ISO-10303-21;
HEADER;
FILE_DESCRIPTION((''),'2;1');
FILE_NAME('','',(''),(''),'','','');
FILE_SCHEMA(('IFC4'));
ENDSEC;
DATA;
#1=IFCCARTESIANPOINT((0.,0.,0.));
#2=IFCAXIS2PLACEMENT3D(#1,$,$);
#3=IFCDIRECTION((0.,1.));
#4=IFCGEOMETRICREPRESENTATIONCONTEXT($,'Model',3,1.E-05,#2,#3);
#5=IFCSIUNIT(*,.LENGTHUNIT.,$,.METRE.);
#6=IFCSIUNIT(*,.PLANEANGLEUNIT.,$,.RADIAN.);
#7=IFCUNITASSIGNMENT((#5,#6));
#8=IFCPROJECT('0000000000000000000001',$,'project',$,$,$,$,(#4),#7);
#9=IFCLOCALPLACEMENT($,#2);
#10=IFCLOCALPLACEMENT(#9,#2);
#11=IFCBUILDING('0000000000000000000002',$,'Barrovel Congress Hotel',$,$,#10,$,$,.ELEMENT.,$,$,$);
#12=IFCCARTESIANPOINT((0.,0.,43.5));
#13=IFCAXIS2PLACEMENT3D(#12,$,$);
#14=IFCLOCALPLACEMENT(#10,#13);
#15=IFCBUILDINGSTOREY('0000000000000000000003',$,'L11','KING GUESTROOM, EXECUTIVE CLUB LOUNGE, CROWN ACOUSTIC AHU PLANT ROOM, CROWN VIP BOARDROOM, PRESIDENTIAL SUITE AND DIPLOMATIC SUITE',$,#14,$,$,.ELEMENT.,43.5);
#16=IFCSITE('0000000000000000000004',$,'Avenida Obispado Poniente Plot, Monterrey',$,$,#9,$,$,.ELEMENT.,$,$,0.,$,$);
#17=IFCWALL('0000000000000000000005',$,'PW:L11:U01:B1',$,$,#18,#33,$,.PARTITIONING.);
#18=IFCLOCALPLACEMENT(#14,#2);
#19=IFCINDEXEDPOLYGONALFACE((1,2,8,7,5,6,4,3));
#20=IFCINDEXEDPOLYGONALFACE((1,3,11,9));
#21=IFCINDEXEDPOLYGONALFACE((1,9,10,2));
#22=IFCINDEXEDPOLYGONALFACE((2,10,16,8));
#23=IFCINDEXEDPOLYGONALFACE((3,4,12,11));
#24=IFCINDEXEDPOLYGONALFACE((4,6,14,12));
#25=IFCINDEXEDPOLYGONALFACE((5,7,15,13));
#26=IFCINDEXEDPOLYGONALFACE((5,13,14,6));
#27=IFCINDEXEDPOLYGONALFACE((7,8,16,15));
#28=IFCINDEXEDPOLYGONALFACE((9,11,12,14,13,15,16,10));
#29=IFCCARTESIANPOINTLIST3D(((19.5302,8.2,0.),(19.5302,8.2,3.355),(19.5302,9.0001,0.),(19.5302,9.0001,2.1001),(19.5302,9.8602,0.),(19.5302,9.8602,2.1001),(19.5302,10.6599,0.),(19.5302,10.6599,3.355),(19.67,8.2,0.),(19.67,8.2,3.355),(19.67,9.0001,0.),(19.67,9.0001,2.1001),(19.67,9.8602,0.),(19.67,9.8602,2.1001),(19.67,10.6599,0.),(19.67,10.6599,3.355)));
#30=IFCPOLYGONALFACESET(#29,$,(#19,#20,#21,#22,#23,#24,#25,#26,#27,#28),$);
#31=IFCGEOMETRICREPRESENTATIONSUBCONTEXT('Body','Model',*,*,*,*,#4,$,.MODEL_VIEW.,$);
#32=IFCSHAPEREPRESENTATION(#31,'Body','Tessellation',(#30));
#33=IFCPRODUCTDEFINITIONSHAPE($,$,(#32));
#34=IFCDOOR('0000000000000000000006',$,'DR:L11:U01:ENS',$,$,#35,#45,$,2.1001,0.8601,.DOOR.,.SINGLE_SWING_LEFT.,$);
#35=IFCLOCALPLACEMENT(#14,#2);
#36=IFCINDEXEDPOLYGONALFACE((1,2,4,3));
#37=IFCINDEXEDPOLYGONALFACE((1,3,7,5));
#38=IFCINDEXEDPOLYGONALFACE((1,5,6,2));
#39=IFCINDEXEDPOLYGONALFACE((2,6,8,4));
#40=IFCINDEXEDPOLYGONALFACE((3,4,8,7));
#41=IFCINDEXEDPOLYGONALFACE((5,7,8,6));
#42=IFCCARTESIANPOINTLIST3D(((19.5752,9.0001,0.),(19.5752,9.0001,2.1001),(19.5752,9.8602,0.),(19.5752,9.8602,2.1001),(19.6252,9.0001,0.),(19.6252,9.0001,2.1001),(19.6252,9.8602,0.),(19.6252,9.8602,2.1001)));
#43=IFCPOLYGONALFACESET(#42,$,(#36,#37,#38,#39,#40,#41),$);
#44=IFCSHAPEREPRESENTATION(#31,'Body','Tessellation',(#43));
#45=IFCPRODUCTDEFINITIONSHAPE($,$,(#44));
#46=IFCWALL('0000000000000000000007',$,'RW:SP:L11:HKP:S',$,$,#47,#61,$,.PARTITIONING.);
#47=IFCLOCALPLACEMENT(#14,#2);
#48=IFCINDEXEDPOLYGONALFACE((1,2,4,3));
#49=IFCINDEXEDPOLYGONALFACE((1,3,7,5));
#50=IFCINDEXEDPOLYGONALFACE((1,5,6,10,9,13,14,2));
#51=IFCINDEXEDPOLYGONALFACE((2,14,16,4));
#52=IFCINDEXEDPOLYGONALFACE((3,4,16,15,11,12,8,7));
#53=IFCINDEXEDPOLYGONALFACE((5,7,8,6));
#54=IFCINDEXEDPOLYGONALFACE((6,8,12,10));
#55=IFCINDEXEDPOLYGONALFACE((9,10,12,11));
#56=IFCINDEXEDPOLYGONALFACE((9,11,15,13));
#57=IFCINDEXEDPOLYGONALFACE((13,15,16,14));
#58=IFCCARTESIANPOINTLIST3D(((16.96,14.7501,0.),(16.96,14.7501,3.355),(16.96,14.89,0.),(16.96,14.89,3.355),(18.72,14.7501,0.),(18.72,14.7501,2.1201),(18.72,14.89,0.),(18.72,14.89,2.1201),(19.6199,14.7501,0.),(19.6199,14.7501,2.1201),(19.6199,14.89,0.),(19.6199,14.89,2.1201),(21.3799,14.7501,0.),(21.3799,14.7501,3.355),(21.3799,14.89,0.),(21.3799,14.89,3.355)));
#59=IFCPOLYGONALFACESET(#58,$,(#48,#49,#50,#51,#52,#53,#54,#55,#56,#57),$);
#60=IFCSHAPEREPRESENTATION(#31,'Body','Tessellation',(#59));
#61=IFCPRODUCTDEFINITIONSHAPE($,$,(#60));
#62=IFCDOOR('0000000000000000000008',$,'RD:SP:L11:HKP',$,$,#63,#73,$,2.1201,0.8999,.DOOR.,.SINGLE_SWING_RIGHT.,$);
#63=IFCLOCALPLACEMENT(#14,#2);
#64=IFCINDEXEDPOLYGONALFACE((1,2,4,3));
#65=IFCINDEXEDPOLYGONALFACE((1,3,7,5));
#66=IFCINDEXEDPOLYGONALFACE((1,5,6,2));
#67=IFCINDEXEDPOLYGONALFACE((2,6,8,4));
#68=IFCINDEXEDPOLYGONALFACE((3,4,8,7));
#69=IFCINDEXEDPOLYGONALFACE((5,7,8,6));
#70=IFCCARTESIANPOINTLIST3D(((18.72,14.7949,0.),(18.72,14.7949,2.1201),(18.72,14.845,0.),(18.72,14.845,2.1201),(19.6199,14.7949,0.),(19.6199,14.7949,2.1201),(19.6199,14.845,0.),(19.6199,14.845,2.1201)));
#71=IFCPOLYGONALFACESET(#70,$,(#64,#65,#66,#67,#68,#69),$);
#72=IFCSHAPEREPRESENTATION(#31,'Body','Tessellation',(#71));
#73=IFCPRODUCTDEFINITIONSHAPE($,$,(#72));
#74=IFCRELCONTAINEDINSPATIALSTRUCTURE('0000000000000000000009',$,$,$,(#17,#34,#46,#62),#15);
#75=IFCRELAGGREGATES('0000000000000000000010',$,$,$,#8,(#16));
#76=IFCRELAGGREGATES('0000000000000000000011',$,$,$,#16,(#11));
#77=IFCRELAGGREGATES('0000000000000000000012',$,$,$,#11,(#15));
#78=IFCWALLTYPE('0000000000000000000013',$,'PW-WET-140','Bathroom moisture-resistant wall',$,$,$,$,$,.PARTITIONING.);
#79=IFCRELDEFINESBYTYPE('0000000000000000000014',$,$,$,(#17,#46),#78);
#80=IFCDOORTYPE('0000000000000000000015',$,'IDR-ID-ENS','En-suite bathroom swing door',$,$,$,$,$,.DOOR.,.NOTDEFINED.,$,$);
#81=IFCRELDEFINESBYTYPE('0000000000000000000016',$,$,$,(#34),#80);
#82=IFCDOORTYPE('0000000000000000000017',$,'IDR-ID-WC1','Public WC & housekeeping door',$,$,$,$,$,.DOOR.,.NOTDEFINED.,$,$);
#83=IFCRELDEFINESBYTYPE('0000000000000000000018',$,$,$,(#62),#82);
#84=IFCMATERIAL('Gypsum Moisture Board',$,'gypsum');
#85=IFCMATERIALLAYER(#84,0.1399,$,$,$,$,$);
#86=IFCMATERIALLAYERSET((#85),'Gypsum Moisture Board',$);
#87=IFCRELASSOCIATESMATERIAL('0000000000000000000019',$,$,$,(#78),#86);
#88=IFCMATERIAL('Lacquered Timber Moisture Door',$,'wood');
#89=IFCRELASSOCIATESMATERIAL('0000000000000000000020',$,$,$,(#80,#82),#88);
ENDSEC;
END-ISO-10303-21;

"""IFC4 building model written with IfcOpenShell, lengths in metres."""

from ifc_helpers import new_model, si_unit, direction, frame, frame_2d, origin, place, context, subcontext, project, spatial, rectangle, extrude, material, layer, layer_set, type_object, element, fill, save


model = new_model("IFC4")

# Units and contexts
model_context = context("Model", 3, precision=1e-05, world=origin(), true_north=direction((0.0, 1.0)))
body_context = subcontext(model_context, "Body", "Model", "MODEL_VIEW")
ifc_project = project(units=[si_unit("LENGTHUNIT", "METRE"), si_unit("PLANEANGLEUNIT", "RADIAN")], contexts=[model_context])

# Site, building, storey
site_placement = place(None, origin())
site = spatial("IfcSite", under=ifc_project, at=site_placement, Name="Avenida Obispado Poniente Plot, Monterrey", CompositionType="ELEMENT", RefElevation=0.0)
building_placement = place(site_placement, origin())
building = spatial("IfcBuilding", under=site, at=building_placement, Name="Barrovel Congress Hotel", CompositionType="ELEMENT")
storey_placement = place(building_placement, frame((0.0, 0.0, 43.5)))
storey = spatial("IfcBuildingStorey", under=building, at=storey_placement, Name="L11", Description="KING GUESTROOM, EXECUTIVE CLUB LOUNGE, CROWN ACOUSTIC AHU PLANT ROOM, CROWN VIP BOARDROOM, PRESIDENTIAL SUITE AND DIPLOMATIC SUITE", CompositionType="ELEMENT", Elevation=43.5)

# Walls, openings, doors
ifc_material_1 = material(Name="Gypsum Moisture Board", Category="gypsum")
ifc_layer_1 = layer(ifc_material_1, 0.1399)
ifc_layer_set_1 = layer_set([ifc_layer_1], Name="Gypsum Moisture Board")
wall_type_1 = type_object("IfcWallType", Name="PW-WET-140", Description="Bathroom moisture-resistant wall", PredefinedType="PARTITIONING", material=ifc_layer_set_1)
wall_1_placement = place(storey_placement, frame((19.6001, 8.2, 0.0), z_axis=(0.0, 0.0, 1.0), x_axis=(0.0, 1.0, 0.0)))
wall_1 = element("IfcWall", 1, at=wall_1_placement, inside=storey, type_object=wall_type_1, Name="PW:L11:U01:B1", PredefinedType="PARTITIONING", context=body_context, shape_type="SweptSolid", body=[
    extrude(rectangle(XDim=2.46, YDim=0.1399, at=frame_2d((1.23, 0.0))), origin(), (0.0, 0.0, 1.0), 3.355),
])
opening_1_placement = place(wall_1_placement, frame((0.8, 0.0, 0.0)))
opening_1 = element("IfcOpeningElement", 2, at=opening_1_placement, cuts=wall_1, PredefinedType="OPENING", context=body_context, shape_type="SweptSolid", body=[
    extrude(rectangle(XDim=0.8601, YDim=2.1001, at=frame_2d((0.4302, 1.05))), frame((0.0, 0.0801, 0.0), z_axis=(0.0, -1.0, 0.0), x_axis=(1.0, 0.0, 0.0)), (0.0, 0.0, 1.0), 0.1599),
])
ifc_material_2 = material(Name="Lacquered Timber Moisture Door", Category="wood")
door_type_1 = type_object("IfcDoorType", Name="IDR-ID-ENS", Description="En-suite bathroom swing door", OperationType="NOTDEFINED", PredefinedType="DOOR", material=ifc_material_2)
door_1_placement = place(opening_1_placement, origin())
door_1 = element("IfcDoor", 3, at=door_1_placement, inside=storey, type_object=door_type_1, Name="DR:L11:U01:ENS", OperationType="SINGLE_SWING_LEFT", OverallHeight=2.1001, OverallWidth=0.8601, PredefinedType="DOOR", context=body_context, shape_type="SweptSolid", body=[
    extrude(rectangle(XDim=0.8601, YDim=2.1001, at=frame_2d((0.4302, 1.05))), frame((0.0, 0.0249, 0.0), z_axis=(0.0, -1.0, 0.0), x_axis=(1.0, 0.0, 0.0)), (0.0, 0.0, 1.0), 0.05),
])
fill(opening_1, door_1)
wall_2_placement = place(storey_placement, frame((16.96, 14.8201, 0.0), z_axis=(0.0, 0.0, 1.0), x_axis=(1.0, 0.0, 0.0)))
wall_2 = element("IfcWall", 4, at=wall_2_placement, inside=storey, type_object=wall_type_1, Name="RW:SP:L11:HKP:S", PredefinedType="PARTITIONING", context=body_context, shape_type="SweptSolid", body=[
    extrude(rectangle(XDim=4.4199, YDim=0.1399, at=frame_2d((2.21, 0.0))), origin(), (0.0, 0.0, 1.0), 3.355),
])
opening_2_placement = place(wall_2_placement, frame((1.76, 0.0, 0.0)))
opening_2 = element("IfcOpeningElement", 5, at=opening_2_placement, cuts=wall_2, PredefinedType="OPENING", context=body_context, shape_type="SweptSolid", body=[
    extrude(rectangle(XDim=0.8999, YDim=2.1201, at=frame_2d((0.45, 1.0601))), frame((0.0, 0.0801, 0.0), z_axis=(0.0, -1.0, 0.0), x_axis=(1.0, 0.0, 0.0)), (0.0, 0.0, 1.0), 0.1599),
])
door_type_2 = type_object("IfcDoorType", Name="IDR-ID-WC1", Description="Public WC & housekeeping door", OperationType="NOTDEFINED", PredefinedType="DOOR", material=ifc_material_2)
door_2_placement = place(opening_2_placement, origin())
door_2 = element("IfcDoor", 6, at=door_2_placement, inside=storey, type_object=door_type_2, Name="RD:SP:L11:HKP", OperationType="SINGLE_SWING_RIGHT", OverallHeight=2.1201, OverallWidth=0.8999, PredefinedType="DOOR", context=body_context, shape_type="SweptSolid", body=[
    extrude(rectangle(XDim=0.8999, YDim=2.1201, at=frame_2d((0.45, 1.0601))), frame((0.0, 0.0249, 0.0), z_axis=(0.0, -1.0, 0.0), x_axis=(1.0, 0.0, 0.0)), (0.0, 0.0, 1.0), 0.05),
])
fill(opening_2, door_2)

save(model, "model.ifc")
